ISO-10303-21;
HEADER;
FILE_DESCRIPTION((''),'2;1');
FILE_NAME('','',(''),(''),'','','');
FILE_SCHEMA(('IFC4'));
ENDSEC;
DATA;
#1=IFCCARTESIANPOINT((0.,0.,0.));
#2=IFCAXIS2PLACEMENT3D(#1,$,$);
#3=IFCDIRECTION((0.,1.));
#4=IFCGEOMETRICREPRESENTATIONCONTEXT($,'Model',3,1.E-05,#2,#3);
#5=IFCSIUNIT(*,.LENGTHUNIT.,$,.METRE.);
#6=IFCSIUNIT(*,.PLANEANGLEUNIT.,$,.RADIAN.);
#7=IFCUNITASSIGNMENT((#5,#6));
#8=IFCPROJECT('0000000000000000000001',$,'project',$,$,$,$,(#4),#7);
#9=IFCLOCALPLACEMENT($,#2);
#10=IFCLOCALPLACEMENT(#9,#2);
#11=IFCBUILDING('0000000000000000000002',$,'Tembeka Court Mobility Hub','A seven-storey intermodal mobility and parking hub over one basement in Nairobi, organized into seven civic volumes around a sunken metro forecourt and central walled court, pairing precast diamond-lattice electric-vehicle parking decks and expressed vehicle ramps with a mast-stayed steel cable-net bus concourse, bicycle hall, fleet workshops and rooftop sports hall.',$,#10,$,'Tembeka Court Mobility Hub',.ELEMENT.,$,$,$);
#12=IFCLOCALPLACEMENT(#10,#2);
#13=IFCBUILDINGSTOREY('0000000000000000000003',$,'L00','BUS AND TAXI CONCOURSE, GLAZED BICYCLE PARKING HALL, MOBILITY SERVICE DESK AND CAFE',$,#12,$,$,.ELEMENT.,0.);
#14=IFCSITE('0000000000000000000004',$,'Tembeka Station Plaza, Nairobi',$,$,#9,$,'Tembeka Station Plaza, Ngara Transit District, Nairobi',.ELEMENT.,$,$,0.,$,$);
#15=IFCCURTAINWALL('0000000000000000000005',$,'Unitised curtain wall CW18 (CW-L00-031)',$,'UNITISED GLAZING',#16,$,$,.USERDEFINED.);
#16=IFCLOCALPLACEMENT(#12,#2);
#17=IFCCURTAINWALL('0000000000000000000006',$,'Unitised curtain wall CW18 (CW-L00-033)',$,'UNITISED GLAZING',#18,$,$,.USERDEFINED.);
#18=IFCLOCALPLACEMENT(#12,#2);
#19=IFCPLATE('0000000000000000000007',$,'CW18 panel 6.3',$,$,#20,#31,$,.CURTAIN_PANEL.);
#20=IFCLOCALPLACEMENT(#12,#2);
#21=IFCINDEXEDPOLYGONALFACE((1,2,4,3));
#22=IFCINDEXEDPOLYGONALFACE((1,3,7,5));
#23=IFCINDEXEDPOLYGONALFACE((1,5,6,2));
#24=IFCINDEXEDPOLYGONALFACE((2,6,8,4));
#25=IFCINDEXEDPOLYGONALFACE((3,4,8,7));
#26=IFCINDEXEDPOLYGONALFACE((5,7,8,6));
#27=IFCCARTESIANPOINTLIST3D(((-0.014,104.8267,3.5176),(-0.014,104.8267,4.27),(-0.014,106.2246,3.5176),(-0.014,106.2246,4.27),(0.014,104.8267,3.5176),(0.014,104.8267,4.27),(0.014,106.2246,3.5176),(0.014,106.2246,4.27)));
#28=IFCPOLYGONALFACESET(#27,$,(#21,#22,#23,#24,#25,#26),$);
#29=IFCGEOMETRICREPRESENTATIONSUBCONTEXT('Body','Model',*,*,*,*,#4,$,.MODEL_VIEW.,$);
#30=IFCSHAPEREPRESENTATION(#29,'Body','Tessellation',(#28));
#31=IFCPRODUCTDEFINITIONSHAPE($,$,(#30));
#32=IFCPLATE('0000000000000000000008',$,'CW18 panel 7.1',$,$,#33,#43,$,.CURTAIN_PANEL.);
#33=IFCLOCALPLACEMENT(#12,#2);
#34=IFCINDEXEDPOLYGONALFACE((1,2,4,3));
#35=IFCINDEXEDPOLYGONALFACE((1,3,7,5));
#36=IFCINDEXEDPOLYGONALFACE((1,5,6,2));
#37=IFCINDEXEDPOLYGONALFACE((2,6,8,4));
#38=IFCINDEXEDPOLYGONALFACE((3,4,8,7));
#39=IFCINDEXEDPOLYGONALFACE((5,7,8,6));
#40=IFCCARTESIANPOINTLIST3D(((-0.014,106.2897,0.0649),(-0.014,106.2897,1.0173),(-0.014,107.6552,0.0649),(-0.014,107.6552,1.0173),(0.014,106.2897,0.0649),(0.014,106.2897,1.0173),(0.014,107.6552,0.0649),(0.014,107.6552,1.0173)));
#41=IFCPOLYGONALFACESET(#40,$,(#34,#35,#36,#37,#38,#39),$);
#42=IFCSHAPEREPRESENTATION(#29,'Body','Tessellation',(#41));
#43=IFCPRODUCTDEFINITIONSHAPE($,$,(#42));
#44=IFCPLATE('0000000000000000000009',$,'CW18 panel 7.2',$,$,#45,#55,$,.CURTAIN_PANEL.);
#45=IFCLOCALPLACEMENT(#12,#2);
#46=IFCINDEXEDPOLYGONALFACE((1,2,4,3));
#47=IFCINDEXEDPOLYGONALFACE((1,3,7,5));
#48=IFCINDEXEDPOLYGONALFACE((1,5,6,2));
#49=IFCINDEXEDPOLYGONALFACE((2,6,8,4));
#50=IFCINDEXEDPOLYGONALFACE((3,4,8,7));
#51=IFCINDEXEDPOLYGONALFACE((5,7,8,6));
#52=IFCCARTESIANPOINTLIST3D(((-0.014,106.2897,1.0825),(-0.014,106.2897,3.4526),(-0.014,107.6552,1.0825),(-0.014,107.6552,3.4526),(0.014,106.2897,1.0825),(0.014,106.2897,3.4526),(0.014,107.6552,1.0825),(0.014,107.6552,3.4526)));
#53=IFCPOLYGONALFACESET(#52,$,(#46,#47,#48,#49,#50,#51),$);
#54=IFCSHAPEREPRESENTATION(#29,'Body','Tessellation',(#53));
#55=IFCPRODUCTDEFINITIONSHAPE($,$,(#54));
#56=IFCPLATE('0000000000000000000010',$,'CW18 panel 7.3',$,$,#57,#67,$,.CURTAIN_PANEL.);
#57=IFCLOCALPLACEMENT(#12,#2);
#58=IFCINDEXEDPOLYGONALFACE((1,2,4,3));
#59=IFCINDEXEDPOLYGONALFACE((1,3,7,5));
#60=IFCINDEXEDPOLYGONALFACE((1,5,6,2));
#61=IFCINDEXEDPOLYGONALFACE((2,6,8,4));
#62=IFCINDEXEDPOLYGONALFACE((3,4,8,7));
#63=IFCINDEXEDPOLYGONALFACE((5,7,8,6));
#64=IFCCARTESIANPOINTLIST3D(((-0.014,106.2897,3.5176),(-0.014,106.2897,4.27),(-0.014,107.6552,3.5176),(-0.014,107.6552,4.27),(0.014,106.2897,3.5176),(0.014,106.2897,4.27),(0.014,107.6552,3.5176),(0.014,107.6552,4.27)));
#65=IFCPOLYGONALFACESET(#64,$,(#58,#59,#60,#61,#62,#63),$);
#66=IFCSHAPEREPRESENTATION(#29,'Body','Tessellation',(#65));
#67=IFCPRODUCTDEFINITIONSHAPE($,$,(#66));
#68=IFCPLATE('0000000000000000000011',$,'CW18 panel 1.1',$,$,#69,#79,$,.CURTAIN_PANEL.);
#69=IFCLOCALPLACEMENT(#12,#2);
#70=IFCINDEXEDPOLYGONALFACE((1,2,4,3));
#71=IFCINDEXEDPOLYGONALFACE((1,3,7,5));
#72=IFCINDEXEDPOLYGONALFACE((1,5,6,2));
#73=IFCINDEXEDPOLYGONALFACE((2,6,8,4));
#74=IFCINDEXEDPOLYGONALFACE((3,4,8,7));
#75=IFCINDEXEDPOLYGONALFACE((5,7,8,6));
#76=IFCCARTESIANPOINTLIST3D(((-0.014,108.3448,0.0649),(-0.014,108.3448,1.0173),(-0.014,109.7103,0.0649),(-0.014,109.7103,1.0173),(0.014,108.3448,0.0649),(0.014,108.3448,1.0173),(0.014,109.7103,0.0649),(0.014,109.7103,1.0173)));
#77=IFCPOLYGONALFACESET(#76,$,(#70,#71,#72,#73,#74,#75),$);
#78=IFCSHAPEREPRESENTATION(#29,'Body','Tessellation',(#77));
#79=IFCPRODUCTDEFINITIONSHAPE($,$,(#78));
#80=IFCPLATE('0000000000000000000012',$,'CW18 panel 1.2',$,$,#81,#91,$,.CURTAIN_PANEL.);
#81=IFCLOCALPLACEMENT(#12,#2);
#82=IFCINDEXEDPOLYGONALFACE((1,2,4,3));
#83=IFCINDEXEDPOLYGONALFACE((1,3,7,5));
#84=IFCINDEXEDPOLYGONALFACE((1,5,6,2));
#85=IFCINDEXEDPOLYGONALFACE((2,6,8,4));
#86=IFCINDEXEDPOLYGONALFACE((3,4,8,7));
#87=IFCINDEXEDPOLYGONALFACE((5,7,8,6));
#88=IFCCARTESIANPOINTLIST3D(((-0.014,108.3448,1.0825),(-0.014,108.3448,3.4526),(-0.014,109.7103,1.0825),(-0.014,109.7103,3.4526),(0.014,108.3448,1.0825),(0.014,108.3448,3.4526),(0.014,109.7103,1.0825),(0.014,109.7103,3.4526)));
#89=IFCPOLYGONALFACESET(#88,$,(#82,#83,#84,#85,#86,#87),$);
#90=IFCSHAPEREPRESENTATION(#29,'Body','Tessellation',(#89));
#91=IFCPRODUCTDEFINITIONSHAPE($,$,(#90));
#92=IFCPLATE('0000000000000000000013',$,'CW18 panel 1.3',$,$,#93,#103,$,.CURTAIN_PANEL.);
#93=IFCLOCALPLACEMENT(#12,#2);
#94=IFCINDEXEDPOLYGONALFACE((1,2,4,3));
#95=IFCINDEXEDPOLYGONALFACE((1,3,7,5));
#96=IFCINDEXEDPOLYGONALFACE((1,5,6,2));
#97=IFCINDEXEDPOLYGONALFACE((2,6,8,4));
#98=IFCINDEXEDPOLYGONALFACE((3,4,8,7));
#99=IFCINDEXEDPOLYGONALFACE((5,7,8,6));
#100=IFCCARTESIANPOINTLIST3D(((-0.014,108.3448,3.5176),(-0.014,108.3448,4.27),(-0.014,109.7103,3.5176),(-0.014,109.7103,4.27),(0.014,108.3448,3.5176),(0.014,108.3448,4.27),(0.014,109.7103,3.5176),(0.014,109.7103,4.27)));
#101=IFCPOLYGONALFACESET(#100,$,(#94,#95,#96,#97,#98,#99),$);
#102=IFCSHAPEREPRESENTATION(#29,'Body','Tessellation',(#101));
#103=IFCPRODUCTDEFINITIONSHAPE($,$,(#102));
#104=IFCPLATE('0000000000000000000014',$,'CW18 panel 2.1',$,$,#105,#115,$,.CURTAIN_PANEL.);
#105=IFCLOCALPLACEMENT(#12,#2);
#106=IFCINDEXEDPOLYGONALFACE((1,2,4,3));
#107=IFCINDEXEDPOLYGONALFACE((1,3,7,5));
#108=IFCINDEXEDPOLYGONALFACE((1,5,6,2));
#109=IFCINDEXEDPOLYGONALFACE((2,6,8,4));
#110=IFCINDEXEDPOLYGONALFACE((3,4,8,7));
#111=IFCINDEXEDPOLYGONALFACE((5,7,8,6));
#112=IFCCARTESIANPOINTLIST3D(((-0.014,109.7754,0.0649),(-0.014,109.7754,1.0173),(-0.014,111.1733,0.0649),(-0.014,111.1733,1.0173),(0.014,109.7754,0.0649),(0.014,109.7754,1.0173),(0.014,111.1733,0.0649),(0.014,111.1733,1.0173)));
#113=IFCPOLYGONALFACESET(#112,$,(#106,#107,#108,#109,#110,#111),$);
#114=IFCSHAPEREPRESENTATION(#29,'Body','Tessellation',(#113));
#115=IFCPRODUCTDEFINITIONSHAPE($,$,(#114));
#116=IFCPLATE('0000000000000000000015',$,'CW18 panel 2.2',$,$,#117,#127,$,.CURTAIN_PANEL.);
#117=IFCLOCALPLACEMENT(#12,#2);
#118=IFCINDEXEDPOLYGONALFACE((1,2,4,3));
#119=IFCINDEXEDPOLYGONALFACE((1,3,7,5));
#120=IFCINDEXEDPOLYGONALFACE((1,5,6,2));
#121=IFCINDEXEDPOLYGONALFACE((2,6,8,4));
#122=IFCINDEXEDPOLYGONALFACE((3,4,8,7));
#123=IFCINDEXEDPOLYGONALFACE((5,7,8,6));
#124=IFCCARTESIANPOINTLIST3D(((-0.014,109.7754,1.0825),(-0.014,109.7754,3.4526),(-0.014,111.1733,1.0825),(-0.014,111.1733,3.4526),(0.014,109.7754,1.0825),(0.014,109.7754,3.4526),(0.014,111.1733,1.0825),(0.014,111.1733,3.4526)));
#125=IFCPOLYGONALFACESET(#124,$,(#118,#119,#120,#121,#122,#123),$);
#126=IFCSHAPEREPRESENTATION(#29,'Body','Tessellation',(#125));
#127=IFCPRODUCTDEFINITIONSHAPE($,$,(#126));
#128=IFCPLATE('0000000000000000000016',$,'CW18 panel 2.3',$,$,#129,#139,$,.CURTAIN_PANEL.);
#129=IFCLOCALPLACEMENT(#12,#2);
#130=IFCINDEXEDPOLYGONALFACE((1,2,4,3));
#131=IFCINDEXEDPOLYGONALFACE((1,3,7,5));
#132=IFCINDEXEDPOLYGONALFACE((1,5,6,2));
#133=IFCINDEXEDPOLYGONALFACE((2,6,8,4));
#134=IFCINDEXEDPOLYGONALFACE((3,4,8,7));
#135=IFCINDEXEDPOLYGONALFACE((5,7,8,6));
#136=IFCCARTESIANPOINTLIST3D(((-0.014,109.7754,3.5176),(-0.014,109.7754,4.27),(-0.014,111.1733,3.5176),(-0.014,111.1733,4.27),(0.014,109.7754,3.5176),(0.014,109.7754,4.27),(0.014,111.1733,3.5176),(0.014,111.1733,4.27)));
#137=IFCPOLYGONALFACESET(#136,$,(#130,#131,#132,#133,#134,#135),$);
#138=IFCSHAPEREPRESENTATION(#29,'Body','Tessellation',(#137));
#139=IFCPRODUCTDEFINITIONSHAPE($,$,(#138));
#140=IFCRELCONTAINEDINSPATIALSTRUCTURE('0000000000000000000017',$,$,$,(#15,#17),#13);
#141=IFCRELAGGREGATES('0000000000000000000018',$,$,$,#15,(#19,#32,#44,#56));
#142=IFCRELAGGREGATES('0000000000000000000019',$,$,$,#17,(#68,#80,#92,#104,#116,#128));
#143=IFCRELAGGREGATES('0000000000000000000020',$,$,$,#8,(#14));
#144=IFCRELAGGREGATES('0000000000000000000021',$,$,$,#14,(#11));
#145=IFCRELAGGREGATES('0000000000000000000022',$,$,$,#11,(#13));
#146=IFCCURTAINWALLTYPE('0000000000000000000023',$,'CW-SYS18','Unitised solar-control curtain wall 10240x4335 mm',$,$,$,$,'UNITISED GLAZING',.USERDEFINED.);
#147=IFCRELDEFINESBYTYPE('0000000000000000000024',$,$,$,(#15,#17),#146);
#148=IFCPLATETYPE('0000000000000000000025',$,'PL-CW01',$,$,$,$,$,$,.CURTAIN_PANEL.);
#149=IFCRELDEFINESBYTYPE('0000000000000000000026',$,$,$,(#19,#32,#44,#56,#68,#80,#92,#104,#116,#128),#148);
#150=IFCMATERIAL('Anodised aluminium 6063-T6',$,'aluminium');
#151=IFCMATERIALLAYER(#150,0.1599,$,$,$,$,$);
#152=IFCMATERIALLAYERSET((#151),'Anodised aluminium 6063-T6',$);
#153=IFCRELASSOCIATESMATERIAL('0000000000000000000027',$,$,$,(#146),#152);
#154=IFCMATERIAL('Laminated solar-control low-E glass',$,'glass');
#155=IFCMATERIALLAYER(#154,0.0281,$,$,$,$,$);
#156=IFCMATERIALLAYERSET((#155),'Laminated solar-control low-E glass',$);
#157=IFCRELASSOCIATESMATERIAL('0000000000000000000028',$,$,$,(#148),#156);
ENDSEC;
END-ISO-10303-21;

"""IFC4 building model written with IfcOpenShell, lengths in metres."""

from ifc_helpers import new_model, si_unit, direction, frame, origin, origin_2d, place, context, subcontext, project, spatial, rectangle, extrude, material, layer, layer_set, type_object, element, aggregate, save


model = new_model("IFC4")

# Units and contexts
model_context = context("Model", 3, precision=1e-05, world=origin(), true_north=direction((0.0, 1.0)))
body_context = subcontext(model_context, "Body", "Model", "MODEL_VIEW")
ifc_project = project(units=[si_unit("LENGTHUNIT", "METRE"), si_unit("PLANEANGLEUNIT", "RADIAN")], contexts=[model_context])

# Site, building, storey
site_placement = place(None, origin())
site = spatial("IfcSite", under=ifc_project, at=site_placement, Name="Tembeka Station Plaza, Nairobi", LongName="Tembeka Station Plaza, Ngara Transit District, Nairobi", CompositionType="ELEMENT", RefElevation=0.0)
building_placement = place(site_placement, origin())
building = spatial("IfcBuilding", under=site, at=building_placement, Name="Tembeka Court Mobility Hub", Description="A seven-storey intermodal mobility and parking hub over one basement in Nairobi, organized into seven civic volumes around a sunken metro forecourt and central walled court, pairing precast diamond-lattice electric-vehicle parking decks and expressed vehicle ramps with a mast-stayed steel cable-net bus concourse, bicycle hall, fleet workshops and rooftop sports hall.", LongName="Tembeka Court Mobility Hub", CompositionType="ELEMENT")
storey_placement = place(building_placement, origin())
storey = spatial("IfcBuildingStorey", under=building, at=storey_placement, Name="L00", Description="BUS AND TAXI CONCOURSE, GLAZED BICYCLE PARKING HALL, MOBILITY SERVICE DESK AND CAFE", CompositionType="ELEMENT", Elevation=0.0)

# Curtain walls
ifc_material_1 = material(Name="Anodised aluminium 6063-T6", Category="aluminium")
ifc_layer_1 = layer(ifc_material_1, 0.1599)
ifc_layer_set_1 = layer_set([ifc_layer_1], Name="Anodised aluminium 6063-T6")
curtain_wall_type = type_object("IfcCurtainWallType", Name="CW-SYS18", Description="Unitised solar-control curtain wall 10240x4335 mm", ElementType="UNITISED GLAZING", PredefinedType="USERDEFINED", material=ifc_layer_set_1)
curtain_wall_1_placement = place(storey_placement, origin())
curtain_wall_1 = element("IfcCurtainWall", 1, at=curtain_wall_1_placement, inside=storey, type_object=curtain_wall_type, Name="Unitised curtain wall CW18 (CW-L00-031)", ObjectType="UNITISED GLAZING", PredefinedType="USERDEFINED")
curtain_wall_2_placement = place(storey_placement, origin())
curtain_wall_2 = element("IfcCurtainWall", 2, at=curtain_wall_2_placement, inside=storey, type_object=curtain_wall_type, Name="Unitised curtain wall CW18 (CW-L00-033)", ObjectType="UNITISED GLAZING", PredefinedType="USERDEFINED")

# Plates
ifc_material_2 = material(Name="Laminated solar-control low-E glass", Category="glass")
ifc_layer_2 = layer(ifc_material_2, 0.0281)
ifc_layer_set_2 = layer_set([ifc_layer_2], Name="Laminated solar-control low-E glass")
plate_type = type_object("IfcPlateType", Name="PL-CW01", PredefinedType="CURTAIN_PANEL", material=ifc_layer_set_2)
plate_1_placement = place(storey_placement, frame((0.0, 105.5256, 3.5176), z_axis=(0.0, 0.0, 1.0), x_axis=(0.0, 1.0, 0.0)))
plate_1 = element("IfcPlate", 3, at=plate_1_placement, type_object=plate_type, Name="CW18 panel 6.3", PredefinedType="CURTAIN_PANEL", context=body_context, shape_type="SweptSolid", body=[
    extrude(rectangle(XDim=1.3979, YDim=0.0281, at=origin_2d()), origin(), (0.0, 0.0, 1.0), 0.7524),
])
plate_2_placement = place(storey_placement, frame((0.0, 106.9724, 0.0649), z_axis=(0.0, 0.0, 1.0), x_axis=(0.0, 1.0, 0.0)))
plate_2 = element("IfcPlate", 4, at=plate_2_placement, type_object=plate_type, Name="CW18 panel 7.1", PredefinedType="CURTAIN_PANEL", context=body_context, shape_type="SweptSolid", body=[
    extrude(rectangle(XDim=1.3655, YDim=0.0281, at=origin_2d()), origin(), (0.0, 0.0, 1.0), 0.9524),
])
plate_3_placement = place(storey_placement, frame((0.0, 106.9724, 1.0825), z_axis=(0.0, 0.0, 1.0), x_axis=(0.0, 1.0, 0.0)))
plate_3 = element("IfcPlate", 5, at=plate_3_placement, type_object=plate_type, Name="CW18 panel 7.2", PredefinedType="CURTAIN_PANEL", context=body_context, shape_type="SweptSolid", body=[
    extrude(rectangle(XDim=1.3655, YDim=0.0281, at=origin_2d()), origin(), (0.0, 0.0, 1.0), 2.3701),
])
plate_4_placement = place(storey_placement, frame((0.0, 106.9724, 3.5176), z_axis=(0.0, 0.0, 1.0), x_axis=(0.0, 1.0, 0.0)))
plate_4 = element("IfcPlate", 6, at=plate_4_placement, type_object=plate_type, Name="CW18 panel 7.3", PredefinedType="CURTAIN_PANEL", context=body_context, shape_type="SweptSolid", body=[
    extrude(rectangle(XDim=1.3655, YDim=0.0281, at=origin_2d()), origin(), (0.0, 0.0, 1.0), 0.7524),
])
aggregate(curtain_wall_1, [plate_1, plate_2, plate_3, plate_4])
plate_5_placement = place(storey_placement, frame((0.0, 109.0276, 0.0649), z_axis=(0.0, 0.0, 1.0), x_axis=(0.0, 1.0, 0.0)))
plate_5 = element("IfcPlate", 7, at=plate_5_placement, type_object=plate_type, Name="CW18 panel 1.1", PredefinedType="CURTAIN_PANEL", context=body_context, shape_type="SweptSolid", body=[
    extrude(rectangle(XDim=1.3655, YDim=0.0281, at=origin_2d()), origin(), (0.0, 0.0, 1.0), 0.9524),
])
plate_6_placement = place(storey_placement, frame((0.0, 109.0276, 1.0825), z_axis=(0.0, 0.0, 1.0), x_axis=(0.0, 1.0, 0.0)))
plate_6 = element("IfcPlate", 8, at=plate_6_placement, type_object=plate_type, Name="CW18 panel 1.2", PredefinedType="CURTAIN_PANEL", context=body_context, shape_type="SweptSolid", body=[
    extrude(rectangle(XDim=1.3655, YDim=0.0281, at=origin_2d()), origin(), (0.0, 0.0, 1.0), 2.3701),
])
plate_7_placement = place(storey_placement, frame((0.0, 109.0276, 3.5176), z_axis=(0.0, 0.0, 1.0), x_axis=(0.0, 1.0, 0.0)))
plate_7 = element("IfcPlate", 9, at=plate_7_placement, type_object=plate_type, Name="CW18 panel 1.3", PredefinedType="CURTAIN_PANEL", context=body_context, shape_type="SweptSolid", body=[
    extrude(rectangle(XDim=1.3655, YDim=0.0281, at=origin_2d()), origin(), (0.0, 0.0, 1.0), 0.7524),
])
plate_8_placement = place(storey_placement, frame((0.0, 110.4744, 0.0649), z_axis=(0.0, 0.0, 1.0), x_axis=(0.0, 1.0, 0.0)))
plate_8 = element("IfcPlate", 10, at=plate_8_placement, type_object=plate_type, Name="CW18 panel 2.1", PredefinedType="CURTAIN_PANEL", context=body_context, shape_type="SweptSolid", body=[
    extrude(rectangle(XDim=1.3979, YDim=0.0281, at=origin_2d()), origin(), (0.0, 0.0, 1.0), 0.9524),
])
plate_9_placement = place(storey_placement, frame((0.0, 110.4744, 1.0825), z_axis=(0.0, 0.0, 1.0), x_axis=(0.0, 1.0, 0.0)))
plate_9 = element("IfcPlate", 11, at=plate_9_placement, type_object=plate_type, Name="CW18 panel 2.2", PredefinedType="CURTAIN_PANEL", context=body_context, shape_type="SweptSolid", body=[
    extrude(rectangle(XDim=1.3979, YDim=0.0281, at=origin_2d()), origin(), (0.0, 0.0, 1.0), 2.3701),
])
plate_10_placement = place(storey_placement, frame((0.0, 110.4744, 3.5176), z_axis=(0.0, 0.0, 1.0), x_axis=(0.0, 1.0, 0.0)))
plate_10 = element("IfcPlate", 12, at=plate_10_placement, type_object=plate_type, Name="CW18 panel 2.3", PredefinedType="CURTAIN_PANEL", context=body_context, shape_type="SweptSolid", body=[
    extrude(rectangle(XDim=1.3979, YDim=0.0281, at=origin_2d()), origin(), (0.0, 0.0, 1.0), 0.7524),
])
aggregate(curtain_wall_2, [plate_5, plate_6, plate_7, plate_8, plate_9, plate_10])

save(model, "model.ifc")
